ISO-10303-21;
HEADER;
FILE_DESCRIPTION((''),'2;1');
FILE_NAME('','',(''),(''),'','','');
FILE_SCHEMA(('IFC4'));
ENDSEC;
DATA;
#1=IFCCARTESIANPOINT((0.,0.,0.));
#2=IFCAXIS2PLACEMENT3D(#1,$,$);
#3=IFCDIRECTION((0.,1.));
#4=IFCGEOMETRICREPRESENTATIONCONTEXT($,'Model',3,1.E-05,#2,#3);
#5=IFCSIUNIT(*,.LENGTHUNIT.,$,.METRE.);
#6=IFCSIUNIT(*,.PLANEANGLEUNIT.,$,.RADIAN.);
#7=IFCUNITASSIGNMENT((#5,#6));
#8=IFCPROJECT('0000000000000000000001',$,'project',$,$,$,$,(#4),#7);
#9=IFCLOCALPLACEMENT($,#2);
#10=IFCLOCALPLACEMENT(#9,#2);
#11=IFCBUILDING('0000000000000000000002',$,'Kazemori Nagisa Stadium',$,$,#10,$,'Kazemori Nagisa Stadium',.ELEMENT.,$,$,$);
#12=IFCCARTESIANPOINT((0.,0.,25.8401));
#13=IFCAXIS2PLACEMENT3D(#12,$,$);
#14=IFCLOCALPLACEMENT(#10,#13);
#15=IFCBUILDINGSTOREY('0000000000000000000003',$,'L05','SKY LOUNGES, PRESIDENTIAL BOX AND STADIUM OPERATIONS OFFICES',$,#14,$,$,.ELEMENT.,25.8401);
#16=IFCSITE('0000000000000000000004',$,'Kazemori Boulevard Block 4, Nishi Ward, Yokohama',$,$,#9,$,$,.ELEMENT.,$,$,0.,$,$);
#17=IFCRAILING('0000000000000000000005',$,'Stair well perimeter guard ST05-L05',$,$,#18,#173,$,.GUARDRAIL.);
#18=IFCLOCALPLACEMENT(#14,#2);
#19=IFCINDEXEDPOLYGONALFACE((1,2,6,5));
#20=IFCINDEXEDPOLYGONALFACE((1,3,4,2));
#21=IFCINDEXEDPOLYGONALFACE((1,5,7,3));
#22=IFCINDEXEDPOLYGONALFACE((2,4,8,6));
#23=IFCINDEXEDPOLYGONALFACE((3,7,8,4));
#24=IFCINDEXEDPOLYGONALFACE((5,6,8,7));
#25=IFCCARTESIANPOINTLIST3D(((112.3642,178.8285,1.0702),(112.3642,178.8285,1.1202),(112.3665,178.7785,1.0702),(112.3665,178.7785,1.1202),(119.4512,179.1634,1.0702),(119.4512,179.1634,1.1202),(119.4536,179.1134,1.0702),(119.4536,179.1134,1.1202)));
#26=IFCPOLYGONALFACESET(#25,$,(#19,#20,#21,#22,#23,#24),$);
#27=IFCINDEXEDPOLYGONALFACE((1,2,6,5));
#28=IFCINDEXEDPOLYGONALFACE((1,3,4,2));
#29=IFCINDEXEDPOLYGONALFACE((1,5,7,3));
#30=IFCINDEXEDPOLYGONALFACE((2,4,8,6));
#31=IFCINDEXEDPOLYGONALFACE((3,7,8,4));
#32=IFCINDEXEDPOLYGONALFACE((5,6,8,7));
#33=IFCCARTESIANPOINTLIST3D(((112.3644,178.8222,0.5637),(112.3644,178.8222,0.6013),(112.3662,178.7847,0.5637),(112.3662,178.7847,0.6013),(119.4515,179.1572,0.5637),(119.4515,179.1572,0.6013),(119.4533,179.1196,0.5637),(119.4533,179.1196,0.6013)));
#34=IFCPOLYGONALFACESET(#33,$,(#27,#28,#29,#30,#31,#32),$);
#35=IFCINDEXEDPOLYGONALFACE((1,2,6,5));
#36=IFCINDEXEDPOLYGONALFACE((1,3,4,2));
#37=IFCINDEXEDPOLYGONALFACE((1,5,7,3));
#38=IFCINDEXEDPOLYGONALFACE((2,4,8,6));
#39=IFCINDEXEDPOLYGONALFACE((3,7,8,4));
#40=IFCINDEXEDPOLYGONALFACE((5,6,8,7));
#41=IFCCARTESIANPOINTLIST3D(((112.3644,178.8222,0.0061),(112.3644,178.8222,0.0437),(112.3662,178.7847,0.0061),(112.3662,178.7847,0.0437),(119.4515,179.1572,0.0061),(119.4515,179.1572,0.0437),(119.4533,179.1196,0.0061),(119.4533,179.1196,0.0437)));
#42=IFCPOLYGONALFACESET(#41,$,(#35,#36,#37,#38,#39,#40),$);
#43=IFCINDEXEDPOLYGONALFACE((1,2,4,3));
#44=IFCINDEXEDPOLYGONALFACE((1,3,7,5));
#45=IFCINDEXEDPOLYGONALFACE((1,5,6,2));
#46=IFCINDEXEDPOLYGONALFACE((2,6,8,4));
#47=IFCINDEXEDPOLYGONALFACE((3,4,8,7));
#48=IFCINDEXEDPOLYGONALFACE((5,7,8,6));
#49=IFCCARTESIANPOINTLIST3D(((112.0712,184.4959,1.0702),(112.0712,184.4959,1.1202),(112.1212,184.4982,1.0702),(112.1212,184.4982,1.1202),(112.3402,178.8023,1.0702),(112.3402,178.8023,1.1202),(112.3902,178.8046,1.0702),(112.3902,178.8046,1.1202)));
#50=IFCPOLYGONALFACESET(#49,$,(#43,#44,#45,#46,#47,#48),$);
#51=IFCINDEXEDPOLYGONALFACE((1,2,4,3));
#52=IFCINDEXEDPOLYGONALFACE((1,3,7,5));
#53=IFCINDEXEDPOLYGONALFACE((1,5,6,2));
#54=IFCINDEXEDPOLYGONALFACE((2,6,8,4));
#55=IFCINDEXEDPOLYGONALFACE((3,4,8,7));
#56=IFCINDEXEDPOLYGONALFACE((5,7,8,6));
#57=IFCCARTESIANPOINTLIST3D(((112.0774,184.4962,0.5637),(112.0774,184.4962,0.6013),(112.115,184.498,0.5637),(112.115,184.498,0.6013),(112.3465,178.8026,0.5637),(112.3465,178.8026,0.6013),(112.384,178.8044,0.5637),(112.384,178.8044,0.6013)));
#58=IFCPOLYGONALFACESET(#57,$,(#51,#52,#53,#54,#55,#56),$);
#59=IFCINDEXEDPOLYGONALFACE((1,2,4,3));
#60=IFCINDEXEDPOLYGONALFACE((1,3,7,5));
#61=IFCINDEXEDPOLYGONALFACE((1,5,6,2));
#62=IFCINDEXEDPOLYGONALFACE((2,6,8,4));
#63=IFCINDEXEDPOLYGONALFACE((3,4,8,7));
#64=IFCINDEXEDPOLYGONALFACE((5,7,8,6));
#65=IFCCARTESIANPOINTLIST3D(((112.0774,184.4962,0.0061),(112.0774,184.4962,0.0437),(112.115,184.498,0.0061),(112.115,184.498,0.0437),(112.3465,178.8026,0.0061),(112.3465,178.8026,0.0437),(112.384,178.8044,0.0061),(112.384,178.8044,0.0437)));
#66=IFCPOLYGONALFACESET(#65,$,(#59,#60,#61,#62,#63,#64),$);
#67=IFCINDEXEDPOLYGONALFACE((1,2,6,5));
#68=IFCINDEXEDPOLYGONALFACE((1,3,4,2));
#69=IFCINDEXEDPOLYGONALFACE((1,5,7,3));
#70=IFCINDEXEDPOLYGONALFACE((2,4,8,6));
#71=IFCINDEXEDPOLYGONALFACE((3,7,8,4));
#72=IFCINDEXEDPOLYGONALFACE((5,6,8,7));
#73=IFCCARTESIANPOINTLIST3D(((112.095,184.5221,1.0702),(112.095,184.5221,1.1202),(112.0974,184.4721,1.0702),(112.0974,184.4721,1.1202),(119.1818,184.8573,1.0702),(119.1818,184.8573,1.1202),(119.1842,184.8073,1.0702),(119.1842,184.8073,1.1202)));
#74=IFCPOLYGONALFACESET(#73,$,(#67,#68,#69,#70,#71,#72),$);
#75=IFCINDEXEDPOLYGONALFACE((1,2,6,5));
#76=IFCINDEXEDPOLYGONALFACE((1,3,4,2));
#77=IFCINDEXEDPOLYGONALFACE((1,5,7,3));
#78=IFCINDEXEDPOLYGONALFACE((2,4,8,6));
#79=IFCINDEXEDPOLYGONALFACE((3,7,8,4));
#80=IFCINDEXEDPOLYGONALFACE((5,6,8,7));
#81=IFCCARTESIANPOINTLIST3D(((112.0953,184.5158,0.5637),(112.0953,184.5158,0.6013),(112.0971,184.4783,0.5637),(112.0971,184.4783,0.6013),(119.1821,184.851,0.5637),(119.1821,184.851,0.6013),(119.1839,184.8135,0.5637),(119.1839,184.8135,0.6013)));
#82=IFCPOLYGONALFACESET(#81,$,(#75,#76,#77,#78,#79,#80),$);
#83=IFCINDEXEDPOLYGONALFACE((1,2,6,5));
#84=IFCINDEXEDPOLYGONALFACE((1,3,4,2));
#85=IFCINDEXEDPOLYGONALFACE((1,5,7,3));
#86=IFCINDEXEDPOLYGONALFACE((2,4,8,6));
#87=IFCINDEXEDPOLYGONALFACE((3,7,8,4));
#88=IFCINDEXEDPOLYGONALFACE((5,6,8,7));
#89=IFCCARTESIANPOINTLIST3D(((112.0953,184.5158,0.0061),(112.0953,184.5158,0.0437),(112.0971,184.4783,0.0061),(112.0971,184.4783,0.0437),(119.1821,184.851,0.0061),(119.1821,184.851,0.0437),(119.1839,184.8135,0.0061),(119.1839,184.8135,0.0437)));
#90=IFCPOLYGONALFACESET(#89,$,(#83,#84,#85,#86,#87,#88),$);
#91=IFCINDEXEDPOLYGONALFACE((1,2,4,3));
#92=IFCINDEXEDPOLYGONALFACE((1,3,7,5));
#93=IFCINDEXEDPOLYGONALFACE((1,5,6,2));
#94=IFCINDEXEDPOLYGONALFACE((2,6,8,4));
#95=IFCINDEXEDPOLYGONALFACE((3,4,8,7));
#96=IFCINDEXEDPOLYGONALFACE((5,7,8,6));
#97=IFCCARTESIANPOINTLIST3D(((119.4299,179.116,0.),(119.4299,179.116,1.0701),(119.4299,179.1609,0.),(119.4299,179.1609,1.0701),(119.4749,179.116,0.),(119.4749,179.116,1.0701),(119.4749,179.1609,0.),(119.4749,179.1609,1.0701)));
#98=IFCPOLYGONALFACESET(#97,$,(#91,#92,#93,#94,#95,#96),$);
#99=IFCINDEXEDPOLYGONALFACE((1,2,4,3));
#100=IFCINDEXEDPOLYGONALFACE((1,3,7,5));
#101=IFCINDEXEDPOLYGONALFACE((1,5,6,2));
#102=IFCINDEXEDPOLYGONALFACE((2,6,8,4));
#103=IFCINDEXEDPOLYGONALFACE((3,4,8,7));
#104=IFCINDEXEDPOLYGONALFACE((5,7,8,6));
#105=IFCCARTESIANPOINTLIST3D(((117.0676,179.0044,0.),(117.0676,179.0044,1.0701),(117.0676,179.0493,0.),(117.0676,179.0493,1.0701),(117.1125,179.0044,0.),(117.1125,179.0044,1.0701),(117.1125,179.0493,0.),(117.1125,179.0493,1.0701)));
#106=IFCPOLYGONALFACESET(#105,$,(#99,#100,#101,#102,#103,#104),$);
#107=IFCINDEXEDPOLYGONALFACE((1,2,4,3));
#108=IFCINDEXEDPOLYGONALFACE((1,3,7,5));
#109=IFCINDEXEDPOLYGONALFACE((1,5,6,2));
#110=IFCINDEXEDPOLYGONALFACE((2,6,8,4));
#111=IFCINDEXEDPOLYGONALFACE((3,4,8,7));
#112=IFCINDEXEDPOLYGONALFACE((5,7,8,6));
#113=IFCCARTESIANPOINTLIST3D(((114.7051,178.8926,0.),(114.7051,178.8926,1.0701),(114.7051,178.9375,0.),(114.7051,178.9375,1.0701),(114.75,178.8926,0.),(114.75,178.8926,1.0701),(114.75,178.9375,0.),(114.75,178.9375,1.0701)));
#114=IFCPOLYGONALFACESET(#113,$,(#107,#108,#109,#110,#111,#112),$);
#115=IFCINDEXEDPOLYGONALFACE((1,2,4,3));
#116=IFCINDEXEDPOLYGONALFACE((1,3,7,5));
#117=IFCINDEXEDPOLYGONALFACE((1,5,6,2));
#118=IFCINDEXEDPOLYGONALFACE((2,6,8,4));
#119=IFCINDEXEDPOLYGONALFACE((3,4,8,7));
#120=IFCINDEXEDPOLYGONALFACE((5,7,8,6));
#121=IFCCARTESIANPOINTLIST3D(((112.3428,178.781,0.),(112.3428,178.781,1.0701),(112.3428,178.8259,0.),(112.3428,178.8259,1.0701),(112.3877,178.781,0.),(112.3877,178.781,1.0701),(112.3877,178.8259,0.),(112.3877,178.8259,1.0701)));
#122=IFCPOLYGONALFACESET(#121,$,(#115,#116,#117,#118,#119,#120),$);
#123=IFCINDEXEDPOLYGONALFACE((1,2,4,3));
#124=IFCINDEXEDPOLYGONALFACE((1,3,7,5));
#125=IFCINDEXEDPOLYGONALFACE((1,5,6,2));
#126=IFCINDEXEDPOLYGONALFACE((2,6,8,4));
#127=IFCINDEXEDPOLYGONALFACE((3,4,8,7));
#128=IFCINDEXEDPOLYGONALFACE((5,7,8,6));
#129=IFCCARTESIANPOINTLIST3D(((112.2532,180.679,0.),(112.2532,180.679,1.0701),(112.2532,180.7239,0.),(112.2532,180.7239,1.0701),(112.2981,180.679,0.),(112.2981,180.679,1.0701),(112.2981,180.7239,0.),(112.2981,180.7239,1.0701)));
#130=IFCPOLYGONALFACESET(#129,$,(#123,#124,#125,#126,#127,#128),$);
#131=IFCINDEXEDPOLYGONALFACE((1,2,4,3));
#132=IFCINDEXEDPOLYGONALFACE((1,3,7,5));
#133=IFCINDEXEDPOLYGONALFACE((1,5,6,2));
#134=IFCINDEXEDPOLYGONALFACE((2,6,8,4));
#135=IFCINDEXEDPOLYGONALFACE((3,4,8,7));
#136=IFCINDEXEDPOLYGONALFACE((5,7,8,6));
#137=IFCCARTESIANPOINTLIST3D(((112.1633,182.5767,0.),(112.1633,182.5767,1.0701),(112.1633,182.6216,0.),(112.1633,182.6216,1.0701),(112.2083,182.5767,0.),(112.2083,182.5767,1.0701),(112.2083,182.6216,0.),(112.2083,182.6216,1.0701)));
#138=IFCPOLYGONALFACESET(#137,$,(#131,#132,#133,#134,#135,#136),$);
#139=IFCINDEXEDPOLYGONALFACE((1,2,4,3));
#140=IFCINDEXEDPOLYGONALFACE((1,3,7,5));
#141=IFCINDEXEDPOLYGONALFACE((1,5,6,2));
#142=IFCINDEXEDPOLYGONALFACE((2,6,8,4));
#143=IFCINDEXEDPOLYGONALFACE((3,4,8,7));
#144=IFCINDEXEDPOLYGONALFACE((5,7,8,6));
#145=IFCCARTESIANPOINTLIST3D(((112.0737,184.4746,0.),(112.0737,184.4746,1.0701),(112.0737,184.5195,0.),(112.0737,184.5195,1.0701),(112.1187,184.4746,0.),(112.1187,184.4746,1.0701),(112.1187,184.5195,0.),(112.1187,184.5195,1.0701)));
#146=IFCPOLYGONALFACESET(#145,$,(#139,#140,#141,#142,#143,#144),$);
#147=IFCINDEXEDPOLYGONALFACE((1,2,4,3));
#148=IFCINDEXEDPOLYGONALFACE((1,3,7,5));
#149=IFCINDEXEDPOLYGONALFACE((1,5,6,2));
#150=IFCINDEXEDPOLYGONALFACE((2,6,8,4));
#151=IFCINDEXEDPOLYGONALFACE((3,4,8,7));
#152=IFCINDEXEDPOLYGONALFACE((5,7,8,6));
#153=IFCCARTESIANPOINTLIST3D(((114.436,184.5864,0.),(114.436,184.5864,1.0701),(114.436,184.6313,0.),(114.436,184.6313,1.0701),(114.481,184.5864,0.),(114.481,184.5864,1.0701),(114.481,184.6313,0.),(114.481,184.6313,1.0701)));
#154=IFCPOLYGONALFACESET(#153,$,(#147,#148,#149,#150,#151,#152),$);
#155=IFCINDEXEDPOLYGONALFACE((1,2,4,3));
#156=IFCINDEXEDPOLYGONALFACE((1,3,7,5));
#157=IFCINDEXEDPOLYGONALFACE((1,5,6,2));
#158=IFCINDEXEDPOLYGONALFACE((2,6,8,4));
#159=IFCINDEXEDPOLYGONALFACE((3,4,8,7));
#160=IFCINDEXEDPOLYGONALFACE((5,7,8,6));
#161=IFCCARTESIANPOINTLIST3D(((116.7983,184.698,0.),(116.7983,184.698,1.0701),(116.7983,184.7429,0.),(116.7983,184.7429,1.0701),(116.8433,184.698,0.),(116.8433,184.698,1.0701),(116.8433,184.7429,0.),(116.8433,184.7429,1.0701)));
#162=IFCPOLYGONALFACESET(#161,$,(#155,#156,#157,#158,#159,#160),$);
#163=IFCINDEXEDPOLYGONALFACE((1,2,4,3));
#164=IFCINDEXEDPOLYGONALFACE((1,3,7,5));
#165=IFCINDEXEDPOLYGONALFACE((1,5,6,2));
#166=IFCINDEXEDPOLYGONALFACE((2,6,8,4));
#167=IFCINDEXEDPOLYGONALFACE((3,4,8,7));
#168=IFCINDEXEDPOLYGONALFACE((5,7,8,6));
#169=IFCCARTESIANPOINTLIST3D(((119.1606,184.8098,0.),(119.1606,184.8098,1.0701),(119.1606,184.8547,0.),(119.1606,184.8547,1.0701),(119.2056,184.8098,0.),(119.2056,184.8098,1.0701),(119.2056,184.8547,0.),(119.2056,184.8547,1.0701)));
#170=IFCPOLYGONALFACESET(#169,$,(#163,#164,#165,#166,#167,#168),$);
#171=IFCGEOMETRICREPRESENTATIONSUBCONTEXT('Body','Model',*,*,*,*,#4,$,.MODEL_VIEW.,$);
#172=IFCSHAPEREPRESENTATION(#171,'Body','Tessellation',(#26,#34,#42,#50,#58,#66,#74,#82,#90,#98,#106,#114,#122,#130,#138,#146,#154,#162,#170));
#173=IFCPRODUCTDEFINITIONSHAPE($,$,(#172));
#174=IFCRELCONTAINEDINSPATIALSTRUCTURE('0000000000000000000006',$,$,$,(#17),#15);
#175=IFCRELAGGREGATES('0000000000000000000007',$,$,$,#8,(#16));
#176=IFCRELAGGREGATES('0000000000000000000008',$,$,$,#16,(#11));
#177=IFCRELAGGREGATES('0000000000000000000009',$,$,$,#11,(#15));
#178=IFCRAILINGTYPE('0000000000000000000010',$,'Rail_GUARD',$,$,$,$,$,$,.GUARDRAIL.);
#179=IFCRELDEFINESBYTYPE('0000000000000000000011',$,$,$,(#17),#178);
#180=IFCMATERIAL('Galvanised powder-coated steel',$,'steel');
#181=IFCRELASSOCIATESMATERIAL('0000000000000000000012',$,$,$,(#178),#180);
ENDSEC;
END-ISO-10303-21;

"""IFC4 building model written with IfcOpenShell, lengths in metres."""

from ifc_helpers import new_model, si_unit, direction, frame, origin, origin_2d, place, context, subcontext, project, spatial, rectangle, extrude, material, type_object, element, save


model = new_model("IFC4")

# Units and contexts
model_context = context("Model", 3, precision=1e-05, world=origin(), true_north=direction((0.0, 1.0)))
body_context = subcontext(model_context, "Body", "Model", "MODEL_VIEW")
ifc_project = project(units=[si_unit("LENGTHUNIT", "METRE"), si_unit("PLANEANGLEUNIT", "RADIAN")], contexts=[model_context])

# Site, building, storey
site_placement = place(None, origin())
site = spatial("IfcSite", under=ifc_project, at=site_placement, Name="Kazemori Boulevard Block 4, Nishi Ward, Yokohama", CompositionType="ELEMENT", RefElevation=0.0)
building_placement = place(site_placement, origin())
building = spatial("IfcBuilding", under=site, at=building_placement, Name="Kazemori Nagisa Stadium", LongName="Kazemori Nagisa Stadium", CompositionType="ELEMENT")
storey_placement = place(building_placement, frame((0.0, 0.0, 25.8401)))
storey = spatial("IfcBuildingStorey", under=building, at=storey_placement, Name="L05", Description="SKY LOUNGES, PRESIDENTIAL BOX AND STADIUM OPERATIONS OFFICES", CompositionType="ELEMENT", Elevation=25.8401)

# Railing
ifc_material_1 = material(Name="Galvanised powder-coated steel", Category="steel")
railing_type_1 = type_object("IfcRailingType", Name="Rail_GUARD", PredefinedType="GUARDRAIL", material=ifc_material_1)
railing_1_placement = place(storey_placement, frame((119.4524, 179.1384, 0.0)))
element("IfcRailing", 1, at=railing_1_placement, inside=storey, type_object=railing_type_1, Name="Stair well perimeter guard ST05-L05", PredefinedType="GUARDRAIL", context=body_context, shape_type="SweptSolid", body=[
    extrude(rectangle(XDim=0.05, YDim=0.05, at=origin_2d()), frame((0.0, 0.0, 1.0952), z_axis=(-0.998885, -0.04721, 0.0), x_axis=(0.04721, -0.998885, 0.0)), (0.0, 0.0, 1.0), 7.095),
    extrude(rectangle(XDim=0.0376, YDim=0.0376, at=origin_2d()), frame((0.0, 0.0, 0.5825), z_axis=(-0.998885, -0.04721, 0.0), x_axis=(0.04721, -0.998885, 0.0)), (0.0, 0.0, 1.0), 7.095),
    extrude(rectangle(XDim=0.0376, YDim=0.0376, at=origin_2d()), frame((0.0, 0.0, 0.0249), z_axis=(-0.998885, -0.04721, 0.0), x_axis=(0.04721, -0.998885, 0.0)), (0.0, 0.0, 1.0), 7.095),
    extrude(rectangle(XDim=0.05, YDim=0.05, at=origin_2d()), frame((-7.0872, -0.335, 1.0952), z_axis=(-0.047201, 0.998885, 0.0), x_axis=(-0.998885, -0.047201, 0.0)), (0.0, 0.0, 1.0), 5.7),
    extrude(rectangle(XDim=0.0376, YDim=0.0376, at=origin_2d()), frame((-7.0872, -0.335, 0.5825), z_axis=(-0.047201, 0.998885, 0.0), x_axis=(-0.998885, -0.047201, 0.0)), (0.0, 0.0, 1.0), 5.7),
    extrude(rectangle(XDim=0.0376, YDim=0.0376, at=origin_2d()), frame((-7.0872, -0.335, 0.0249), z_axis=(-0.047201, 0.998885, 0.0), x_axis=(-0.998885, -0.047201, 0.0)), (0.0, 0.0, 1.0), 5.7),
    extrude(rectangle(XDim=0.05, YDim=0.05, at=origin_2d()), frame((-7.3562, 5.3586, 1.0952), z_axis=(0.998883, 0.047246, 0.0), x_axis=(-0.047246, 0.998883, 0.0)), (0.0, 0.0, 1.0), 7.0947),
    extrude(rectangle(XDim=0.0376, YDim=0.0376, at=origin_2d()), frame((-7.3562, 5.3586, 0.5825), z_axis=(0.998883, 0.047246, 0.0), x_axis=(-0.047246, 0.998883, 0.0)), (0.0, 0.0, 1.0), 7.0947),
    extrude(rectangle(XDim=0.0376, YDim=0.0376, at=origin_2d()), frame((-7.3562, 5.3586, 0.0249), z_axis=(0.998883, 0.047246, 0.0), x_axis=(-0.047246, 0.998883, 0.0)), (0.0, 0.0, 1.0), 7.0947),
    extrude(rectangle(XDim=0.0449, YDim=0.0449, at=origin_2d()), origin(), (0.0, 0.0, 1.0), 1.0701),
    extrude(rectangle(XDim=0.0449, YDim=0.0449, at=origin_2d()), frame((-2.3623, -0.1116, 0.0)), (0.0, 0.0, 1.0), 1.0701),
    extrude(rectangle(XDim=0.0449, YDim=0.0449, at=origin_2d()), frame((-4.7249, -0.2234, 0.0)), (0.0, 0.0, 1.0), 1.0701),
    extrude(rectangle(XDim=0.0449, YDim=0.0449, at=origin_2d()), frame((-7.0872, -0.335, 0.0)), (0.0, 0.0, 1.0), 1.0701),
    extrude(rectangle(XDim=0.0449, YDim=0.0449, at=origin_2d()), frame((-7.1768, 1.563, 0.0)), (0.0, 0.0, 1.0), 1.0701),
    extrude(rectangle(XDim=0.0449, YDim=0.0449, at=origin_2d()), frame((-7.2666, 3.4607, 0.0)), (0.0, 0.0, 1.0), 1.0701),
    extrude(rectangle(XDim=0.0449, YDim=0.0449, at=origin_2d()), frame((-7.3562, 5.3586, 0.0)), (0.0, 0.0, 1.0), 1.0701),
    extrude(rectangle(XDim=0.0449, YDim=0.0449, at=origin_2d()), frame((-4.9939, 5.4705, 0.0)), (0.0, 0.0, 1.0), 1.0701),
    extrude(rectangle(XDim=0.0449, YDim=0.0449, at=origin_2d()), frame((-2.6316, 5.582, 0.0)), (0.0, 0.0, 1.0), 1.0701),
    extrude(rectangle(XDim=0.0449, YDim=0.0449, at=origin_2d()), frame((-0.2693, 5.6938, 0.0)), (0.0, 0.0, 1.0), 1.0701),
])

save(model, "model.ifc")
